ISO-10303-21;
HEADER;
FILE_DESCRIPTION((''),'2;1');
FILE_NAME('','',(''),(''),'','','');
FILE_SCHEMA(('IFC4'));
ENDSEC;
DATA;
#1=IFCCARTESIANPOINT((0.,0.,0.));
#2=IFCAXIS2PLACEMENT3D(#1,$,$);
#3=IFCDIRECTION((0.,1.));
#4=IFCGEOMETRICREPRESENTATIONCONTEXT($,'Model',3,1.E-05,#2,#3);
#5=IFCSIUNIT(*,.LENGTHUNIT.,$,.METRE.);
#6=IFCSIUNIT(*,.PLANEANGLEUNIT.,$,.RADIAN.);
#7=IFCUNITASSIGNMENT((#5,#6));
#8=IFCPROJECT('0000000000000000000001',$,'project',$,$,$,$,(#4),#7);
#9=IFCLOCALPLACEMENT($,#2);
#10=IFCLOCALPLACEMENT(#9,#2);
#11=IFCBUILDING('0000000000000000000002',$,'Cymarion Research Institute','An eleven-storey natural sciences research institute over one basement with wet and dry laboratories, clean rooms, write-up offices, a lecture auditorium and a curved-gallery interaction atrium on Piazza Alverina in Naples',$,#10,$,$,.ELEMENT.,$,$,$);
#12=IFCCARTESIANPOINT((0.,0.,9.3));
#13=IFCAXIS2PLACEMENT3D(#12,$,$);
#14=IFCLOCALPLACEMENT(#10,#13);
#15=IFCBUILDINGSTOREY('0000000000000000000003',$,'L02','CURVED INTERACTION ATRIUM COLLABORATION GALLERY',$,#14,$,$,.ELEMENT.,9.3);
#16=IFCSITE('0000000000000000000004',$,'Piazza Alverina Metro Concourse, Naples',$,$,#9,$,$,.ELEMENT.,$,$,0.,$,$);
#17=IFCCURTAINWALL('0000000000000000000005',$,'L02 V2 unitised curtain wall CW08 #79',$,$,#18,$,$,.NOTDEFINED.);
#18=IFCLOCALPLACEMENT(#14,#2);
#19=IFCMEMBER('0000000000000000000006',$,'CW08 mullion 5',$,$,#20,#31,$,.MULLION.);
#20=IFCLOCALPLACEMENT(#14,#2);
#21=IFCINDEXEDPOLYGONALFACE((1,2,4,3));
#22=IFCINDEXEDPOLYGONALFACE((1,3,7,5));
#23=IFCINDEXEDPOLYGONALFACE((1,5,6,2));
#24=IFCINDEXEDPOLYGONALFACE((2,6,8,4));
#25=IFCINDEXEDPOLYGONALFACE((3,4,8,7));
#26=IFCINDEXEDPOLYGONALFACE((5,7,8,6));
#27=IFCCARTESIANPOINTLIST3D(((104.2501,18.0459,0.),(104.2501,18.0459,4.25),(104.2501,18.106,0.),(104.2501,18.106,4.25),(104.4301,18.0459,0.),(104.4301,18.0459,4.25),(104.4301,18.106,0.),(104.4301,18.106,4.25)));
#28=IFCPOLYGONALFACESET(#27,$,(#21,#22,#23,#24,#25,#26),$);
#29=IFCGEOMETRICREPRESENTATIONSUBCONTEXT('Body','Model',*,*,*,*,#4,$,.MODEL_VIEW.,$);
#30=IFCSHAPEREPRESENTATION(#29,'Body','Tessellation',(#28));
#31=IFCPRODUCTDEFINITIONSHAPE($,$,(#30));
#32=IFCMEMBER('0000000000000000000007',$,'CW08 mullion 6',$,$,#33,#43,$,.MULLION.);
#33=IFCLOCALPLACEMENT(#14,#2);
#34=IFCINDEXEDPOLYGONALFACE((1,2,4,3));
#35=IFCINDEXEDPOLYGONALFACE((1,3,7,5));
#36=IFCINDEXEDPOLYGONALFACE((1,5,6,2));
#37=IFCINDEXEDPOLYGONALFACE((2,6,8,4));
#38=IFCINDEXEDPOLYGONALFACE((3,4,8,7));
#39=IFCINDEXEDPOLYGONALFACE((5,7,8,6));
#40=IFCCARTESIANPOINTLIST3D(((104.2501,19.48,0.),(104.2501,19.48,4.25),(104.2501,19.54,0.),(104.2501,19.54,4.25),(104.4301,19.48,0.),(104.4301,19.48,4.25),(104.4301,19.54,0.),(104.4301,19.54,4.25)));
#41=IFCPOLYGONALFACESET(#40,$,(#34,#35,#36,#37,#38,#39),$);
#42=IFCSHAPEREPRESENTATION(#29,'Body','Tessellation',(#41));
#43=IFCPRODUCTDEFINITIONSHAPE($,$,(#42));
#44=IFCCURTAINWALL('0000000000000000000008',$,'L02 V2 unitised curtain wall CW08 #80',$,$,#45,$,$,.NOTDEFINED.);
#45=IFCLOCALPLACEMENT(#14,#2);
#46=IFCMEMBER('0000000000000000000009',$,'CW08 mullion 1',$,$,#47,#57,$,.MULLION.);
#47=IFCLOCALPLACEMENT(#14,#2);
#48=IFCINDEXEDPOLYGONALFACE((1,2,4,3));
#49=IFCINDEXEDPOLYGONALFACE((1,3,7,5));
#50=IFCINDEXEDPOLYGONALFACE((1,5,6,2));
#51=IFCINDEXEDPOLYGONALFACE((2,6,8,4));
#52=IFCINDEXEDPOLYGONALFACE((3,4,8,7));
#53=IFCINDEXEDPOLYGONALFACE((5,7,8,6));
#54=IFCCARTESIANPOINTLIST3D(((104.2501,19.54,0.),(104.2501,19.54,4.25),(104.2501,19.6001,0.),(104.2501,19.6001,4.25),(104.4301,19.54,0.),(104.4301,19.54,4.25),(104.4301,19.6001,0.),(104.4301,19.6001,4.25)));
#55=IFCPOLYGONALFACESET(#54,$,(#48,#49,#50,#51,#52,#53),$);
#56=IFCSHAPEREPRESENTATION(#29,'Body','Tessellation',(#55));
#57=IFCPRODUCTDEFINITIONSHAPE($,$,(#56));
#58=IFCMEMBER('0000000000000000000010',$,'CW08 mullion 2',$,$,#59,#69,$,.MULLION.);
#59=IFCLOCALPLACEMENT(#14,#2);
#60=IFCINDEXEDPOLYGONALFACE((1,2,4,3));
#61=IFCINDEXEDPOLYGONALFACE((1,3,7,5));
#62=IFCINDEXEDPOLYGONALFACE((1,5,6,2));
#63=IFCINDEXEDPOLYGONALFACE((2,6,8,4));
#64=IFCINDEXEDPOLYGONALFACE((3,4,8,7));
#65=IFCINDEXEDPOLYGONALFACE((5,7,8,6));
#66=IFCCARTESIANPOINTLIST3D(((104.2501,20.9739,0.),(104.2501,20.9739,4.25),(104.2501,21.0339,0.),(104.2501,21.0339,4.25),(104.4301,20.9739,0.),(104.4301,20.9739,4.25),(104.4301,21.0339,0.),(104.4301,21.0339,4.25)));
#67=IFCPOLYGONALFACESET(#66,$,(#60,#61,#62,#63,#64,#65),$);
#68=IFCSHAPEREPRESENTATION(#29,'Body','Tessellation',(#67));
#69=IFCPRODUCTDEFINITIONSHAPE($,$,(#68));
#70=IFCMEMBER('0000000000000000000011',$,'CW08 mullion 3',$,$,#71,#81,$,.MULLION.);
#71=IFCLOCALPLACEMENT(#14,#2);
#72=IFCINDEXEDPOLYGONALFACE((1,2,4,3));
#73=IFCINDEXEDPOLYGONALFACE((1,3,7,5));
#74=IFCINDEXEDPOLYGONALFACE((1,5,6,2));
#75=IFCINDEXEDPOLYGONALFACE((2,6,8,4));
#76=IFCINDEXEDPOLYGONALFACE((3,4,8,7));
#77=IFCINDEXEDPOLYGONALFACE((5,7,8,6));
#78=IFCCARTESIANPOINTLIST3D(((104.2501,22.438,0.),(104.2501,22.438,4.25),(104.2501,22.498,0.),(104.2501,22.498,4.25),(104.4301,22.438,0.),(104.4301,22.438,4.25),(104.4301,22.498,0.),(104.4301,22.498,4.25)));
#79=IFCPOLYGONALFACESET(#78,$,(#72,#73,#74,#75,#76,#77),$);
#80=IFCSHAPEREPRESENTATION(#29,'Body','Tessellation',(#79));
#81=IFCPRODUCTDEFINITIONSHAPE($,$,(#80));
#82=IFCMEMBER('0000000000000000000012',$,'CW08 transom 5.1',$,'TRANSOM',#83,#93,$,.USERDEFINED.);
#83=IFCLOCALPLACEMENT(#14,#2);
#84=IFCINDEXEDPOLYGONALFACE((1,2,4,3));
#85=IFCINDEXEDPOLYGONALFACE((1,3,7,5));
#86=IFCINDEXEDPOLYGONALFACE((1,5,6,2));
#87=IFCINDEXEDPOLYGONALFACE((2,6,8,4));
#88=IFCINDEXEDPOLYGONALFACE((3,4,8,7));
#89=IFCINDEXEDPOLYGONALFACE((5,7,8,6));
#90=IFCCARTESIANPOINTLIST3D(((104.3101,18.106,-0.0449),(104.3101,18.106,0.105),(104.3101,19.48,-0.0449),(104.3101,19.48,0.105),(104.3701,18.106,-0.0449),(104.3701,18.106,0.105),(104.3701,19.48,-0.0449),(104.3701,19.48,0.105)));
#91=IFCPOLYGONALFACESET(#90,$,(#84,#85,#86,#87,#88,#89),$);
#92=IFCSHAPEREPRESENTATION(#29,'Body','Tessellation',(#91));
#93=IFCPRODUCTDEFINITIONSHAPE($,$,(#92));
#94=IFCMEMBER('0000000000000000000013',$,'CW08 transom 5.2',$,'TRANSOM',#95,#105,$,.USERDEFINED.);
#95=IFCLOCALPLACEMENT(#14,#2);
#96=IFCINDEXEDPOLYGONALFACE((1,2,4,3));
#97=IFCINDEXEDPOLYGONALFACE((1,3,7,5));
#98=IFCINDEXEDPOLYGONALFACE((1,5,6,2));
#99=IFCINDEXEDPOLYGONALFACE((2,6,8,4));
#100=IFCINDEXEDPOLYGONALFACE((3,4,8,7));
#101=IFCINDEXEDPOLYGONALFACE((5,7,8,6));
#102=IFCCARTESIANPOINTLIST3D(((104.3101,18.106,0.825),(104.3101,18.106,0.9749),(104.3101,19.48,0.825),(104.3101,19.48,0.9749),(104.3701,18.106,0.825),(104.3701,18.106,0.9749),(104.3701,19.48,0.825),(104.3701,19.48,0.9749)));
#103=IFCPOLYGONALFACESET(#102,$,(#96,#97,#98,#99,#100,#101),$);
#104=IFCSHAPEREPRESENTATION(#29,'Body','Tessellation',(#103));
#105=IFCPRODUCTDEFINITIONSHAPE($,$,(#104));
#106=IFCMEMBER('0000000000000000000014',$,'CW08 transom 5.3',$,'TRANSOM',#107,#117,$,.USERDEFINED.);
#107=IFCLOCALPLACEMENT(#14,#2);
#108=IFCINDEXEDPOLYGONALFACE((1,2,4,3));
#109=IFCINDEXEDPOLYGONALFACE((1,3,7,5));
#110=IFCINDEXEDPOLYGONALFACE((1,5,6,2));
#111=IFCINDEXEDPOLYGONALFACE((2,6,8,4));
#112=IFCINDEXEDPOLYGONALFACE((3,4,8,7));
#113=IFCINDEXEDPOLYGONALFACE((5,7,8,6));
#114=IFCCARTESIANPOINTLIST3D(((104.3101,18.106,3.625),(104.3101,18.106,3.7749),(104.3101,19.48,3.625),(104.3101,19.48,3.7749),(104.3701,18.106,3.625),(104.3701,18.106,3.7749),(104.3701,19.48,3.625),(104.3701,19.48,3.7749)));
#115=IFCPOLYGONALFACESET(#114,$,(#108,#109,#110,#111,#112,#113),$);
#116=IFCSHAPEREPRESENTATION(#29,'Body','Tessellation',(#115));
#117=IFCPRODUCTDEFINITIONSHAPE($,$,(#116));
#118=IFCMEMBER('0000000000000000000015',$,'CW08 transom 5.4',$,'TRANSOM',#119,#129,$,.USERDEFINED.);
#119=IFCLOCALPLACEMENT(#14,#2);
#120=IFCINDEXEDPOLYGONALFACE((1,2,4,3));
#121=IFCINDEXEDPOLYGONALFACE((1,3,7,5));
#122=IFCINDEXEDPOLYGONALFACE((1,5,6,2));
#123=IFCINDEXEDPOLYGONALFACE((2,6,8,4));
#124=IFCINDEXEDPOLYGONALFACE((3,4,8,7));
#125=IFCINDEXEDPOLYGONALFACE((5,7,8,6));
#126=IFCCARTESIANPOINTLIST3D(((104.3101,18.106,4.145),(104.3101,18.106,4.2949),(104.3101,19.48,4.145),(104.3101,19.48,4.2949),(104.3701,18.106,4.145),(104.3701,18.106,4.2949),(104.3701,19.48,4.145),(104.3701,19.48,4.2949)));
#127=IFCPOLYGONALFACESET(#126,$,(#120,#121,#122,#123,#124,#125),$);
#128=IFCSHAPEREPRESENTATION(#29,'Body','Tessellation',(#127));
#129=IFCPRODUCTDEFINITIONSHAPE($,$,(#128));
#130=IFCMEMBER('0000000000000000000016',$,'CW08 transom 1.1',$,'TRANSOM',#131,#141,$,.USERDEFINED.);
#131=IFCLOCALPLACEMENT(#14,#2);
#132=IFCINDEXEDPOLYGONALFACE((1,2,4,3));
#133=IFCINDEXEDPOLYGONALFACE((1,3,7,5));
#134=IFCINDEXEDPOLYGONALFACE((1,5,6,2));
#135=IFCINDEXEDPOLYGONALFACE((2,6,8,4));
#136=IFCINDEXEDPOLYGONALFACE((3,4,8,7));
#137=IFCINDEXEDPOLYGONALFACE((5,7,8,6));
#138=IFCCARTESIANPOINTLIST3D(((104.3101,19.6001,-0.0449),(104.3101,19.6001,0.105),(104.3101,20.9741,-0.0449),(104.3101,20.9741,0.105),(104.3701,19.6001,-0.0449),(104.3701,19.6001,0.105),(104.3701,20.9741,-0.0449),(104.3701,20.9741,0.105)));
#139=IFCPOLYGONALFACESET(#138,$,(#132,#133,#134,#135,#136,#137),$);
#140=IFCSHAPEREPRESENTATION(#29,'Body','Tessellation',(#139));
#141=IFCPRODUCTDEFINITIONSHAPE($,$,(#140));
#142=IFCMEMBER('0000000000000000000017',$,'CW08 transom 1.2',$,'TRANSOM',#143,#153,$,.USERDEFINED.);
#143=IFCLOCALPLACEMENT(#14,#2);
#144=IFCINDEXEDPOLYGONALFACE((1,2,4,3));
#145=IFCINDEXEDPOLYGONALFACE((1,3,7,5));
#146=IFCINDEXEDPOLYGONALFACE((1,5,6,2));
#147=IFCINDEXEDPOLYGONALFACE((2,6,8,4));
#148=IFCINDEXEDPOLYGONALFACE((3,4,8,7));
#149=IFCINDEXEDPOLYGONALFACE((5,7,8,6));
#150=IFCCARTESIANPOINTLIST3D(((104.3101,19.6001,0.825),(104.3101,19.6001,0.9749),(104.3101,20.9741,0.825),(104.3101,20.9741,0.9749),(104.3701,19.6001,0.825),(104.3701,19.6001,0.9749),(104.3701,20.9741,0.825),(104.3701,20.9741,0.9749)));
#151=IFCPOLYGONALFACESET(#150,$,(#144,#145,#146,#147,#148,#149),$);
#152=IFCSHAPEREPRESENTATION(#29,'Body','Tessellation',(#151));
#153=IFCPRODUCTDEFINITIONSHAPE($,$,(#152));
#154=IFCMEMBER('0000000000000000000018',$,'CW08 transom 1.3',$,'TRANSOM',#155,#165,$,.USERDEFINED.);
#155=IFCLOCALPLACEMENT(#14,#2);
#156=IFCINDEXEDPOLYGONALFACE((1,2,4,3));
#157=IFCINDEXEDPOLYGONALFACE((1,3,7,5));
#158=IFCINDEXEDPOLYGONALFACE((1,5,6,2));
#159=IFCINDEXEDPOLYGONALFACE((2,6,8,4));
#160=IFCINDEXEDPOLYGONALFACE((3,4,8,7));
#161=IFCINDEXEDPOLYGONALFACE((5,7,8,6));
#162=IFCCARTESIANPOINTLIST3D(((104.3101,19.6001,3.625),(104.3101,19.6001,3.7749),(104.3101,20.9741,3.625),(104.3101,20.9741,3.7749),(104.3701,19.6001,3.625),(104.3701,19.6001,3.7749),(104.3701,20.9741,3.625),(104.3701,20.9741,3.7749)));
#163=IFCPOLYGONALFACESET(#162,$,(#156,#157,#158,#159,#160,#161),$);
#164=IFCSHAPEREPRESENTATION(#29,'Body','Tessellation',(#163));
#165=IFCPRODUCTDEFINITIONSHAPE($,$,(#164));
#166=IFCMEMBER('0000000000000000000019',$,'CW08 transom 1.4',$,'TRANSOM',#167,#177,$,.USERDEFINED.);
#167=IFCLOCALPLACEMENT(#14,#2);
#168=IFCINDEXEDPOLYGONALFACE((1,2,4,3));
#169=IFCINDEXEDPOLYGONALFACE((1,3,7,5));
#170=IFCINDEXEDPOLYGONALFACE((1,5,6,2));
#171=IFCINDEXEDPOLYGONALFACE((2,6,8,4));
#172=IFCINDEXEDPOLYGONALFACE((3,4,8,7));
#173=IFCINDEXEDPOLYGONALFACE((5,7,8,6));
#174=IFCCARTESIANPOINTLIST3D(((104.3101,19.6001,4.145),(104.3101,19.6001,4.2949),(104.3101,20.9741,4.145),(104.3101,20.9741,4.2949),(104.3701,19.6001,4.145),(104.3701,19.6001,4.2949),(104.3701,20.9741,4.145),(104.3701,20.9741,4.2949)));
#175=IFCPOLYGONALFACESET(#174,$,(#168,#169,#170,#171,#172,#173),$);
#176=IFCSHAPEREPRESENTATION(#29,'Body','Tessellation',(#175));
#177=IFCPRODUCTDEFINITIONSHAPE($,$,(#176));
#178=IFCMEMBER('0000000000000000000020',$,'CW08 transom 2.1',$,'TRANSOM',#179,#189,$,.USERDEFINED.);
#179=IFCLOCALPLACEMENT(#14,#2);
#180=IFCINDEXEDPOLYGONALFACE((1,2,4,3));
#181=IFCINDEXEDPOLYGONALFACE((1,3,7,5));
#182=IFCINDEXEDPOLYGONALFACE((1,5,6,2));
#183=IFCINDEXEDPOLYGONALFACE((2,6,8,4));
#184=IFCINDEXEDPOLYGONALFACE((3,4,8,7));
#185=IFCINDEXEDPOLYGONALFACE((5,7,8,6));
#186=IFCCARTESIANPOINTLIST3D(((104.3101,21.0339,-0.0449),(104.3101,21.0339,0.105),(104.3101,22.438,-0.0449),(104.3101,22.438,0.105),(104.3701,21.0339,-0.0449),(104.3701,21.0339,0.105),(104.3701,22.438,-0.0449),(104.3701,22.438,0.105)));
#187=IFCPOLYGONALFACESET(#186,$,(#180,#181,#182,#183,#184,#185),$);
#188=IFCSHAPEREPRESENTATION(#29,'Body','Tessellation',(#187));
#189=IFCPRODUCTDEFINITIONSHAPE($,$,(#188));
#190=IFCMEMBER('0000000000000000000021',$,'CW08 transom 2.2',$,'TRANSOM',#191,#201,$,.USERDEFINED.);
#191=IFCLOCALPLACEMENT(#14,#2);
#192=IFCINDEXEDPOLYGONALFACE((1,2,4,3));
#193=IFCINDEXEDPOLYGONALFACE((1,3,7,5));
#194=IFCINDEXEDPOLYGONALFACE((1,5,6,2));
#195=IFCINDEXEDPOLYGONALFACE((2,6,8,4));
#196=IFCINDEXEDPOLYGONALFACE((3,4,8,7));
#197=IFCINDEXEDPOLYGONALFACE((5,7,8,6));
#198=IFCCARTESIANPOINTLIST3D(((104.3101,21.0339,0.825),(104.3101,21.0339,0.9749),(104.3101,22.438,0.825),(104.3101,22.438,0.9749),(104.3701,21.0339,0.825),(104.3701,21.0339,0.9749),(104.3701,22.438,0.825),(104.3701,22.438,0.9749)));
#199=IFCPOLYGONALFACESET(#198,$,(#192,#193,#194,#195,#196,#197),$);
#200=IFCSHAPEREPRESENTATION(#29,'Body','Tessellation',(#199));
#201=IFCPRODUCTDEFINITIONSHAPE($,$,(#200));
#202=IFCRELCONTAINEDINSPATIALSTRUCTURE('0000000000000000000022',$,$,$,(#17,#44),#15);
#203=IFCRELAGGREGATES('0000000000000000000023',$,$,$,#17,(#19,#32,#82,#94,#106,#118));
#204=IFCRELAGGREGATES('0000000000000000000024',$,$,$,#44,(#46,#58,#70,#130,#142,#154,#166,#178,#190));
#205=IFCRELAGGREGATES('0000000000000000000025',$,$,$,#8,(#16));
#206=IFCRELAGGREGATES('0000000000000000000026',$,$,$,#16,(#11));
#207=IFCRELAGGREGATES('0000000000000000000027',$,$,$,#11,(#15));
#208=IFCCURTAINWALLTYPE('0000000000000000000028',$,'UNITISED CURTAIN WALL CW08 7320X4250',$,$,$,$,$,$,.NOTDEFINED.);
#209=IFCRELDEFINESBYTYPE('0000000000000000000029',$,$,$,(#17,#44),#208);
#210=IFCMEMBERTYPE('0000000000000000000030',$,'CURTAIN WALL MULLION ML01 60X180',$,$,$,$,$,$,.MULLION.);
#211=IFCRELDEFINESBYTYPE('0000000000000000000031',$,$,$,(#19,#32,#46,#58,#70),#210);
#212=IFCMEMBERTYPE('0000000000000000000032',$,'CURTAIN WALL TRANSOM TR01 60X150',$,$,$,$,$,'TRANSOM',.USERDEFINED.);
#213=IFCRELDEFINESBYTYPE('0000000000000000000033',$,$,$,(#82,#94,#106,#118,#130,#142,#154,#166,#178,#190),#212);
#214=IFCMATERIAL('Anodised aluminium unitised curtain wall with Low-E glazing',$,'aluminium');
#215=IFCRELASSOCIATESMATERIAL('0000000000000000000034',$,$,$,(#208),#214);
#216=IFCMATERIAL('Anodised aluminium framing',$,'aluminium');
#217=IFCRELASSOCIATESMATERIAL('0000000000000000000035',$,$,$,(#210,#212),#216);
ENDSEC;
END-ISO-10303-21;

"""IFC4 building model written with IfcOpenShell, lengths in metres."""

from ifc_helpers import new_model, si_unit, direction, frame, origin, origin_2d, place, context, subcontext, project, spatial, rectangle, extrude, material, material_profile, profile_set, type_object, element, aggregate, save


model = new_model("IFC4")

# Units and contexts
model_context = context("Model", 3, precision=1e-05, world=origin(), true_north=direction((0.0, 1.0)))
body_context = subcontext(model_context, "Body", "Model", "MODEL_VIEW")
ifc_project = project(units=[si_unit("LENGTHUNIT", "METRE"), si_unit("PLANEANGLEUNIT", "RADIAN")], contexts=[model_context])

# Site, building, storey
site_placement = place(None, origin())
site = spatial("IfcSite", under=ifc_project, at=site_placement, Name="Piazza Alverina Metro Concourse, Naples", CompositionType="ELEMENT", RefElevation=0.0)
building_placement = place(site_placement, origin())
building = spatial("IfcBuilding", under=site, at=building_placement, Name="Cymarion Research Institute", Description="An eleven-storey natural sciences research institute over one basement with wet and dry laboratories, clean rooms, write-up offices, a lecture auditorium and a curved-gallery interaction atrium on Piazza Alverina in Naples", CompositionType="ELEMENT")
storey_placement = place(building_placement, frame((0.0, 0.0, 9.3)))
storey = spatial("IfcBuildingStorey", under=building, at=storey_placement, Name="L02", Description="CURVED INTERACTION ATRIUM COLLABORATION GALLERY", CompositionType="ELEMENT", Elevation=9.3)

# Curtain walls, members
ifc_material_1 = material(Name="Anodised aluminium unitised curtain wall with Low-E glazing", Category="aluminium")
curtain_wall_type = type_object("IfcCurtainWallType", Name="UNITISED CURTAIN WALL CW08 7320X4250", PredefinedType="NOTDEFINED", material=ifc_material_1)
curtain_wall_1_placement = place(storey_placement, origin())
curtain_wall_1 = element("IfcCurtainWall", 1, at=curtain_wall_1_placement, inside=storey, type_object=curtain_wall_type, Name="L02 V2 unitised curtain wall CW08 #79", PredefinedType="NOTDEFINED")
ifc_material_2 = material(Name="Anodised aluminium framing", Category="aluminium")
ifc_material_profile_1 = material_profile(ifc_material_2, rectangle(XDim=0.0601, YDim=0.1799, at=origin_2d()), Name="ALU MULLION 60x180")
ifc_profile_set_1 = profile_set([ifc_material_profile_1], Name="Anodised aluminium framing")
member_type_1 = type_object("IfcMemberType", Name="CURTAIN WALL MULLION ML01 60X180", PredefinedType="MULLION", material=ifc_profile_set_1)
member_1_placement = place(storey_placement, frame((104.3401, 18.0759, 0.0), z_axis=(0.0, 0.0, 1.0), x_axis=(0.0, 1.0, 0.0)))
member_1 = element("IfcMember", 2, at=member_1_placement, type_object=member_type_1, Name="CW08 mullion 5", PredefinedType="MULLION", context=body_context, shape_type="SweptSolid", body=[
    extrude(rectangle(XDim=0.0601, YDim=0.1799, at=origin_2d()), origin(), (0.0, 0.0, 1.0), 4.25),
])
member_2_placement = place(storey_placement, frame((104.3401, 19.51, 0.0), z_axis=(0.0, 0.0, 1.0), x_axis=(0.0, 1.0, 0.0)))
member_2 = element("IfcMember", 3, at=member_2_placement, type_object=member_type_1, Name="CW08 mullion 6", PredefinedType="MULLION", context=body_context, shape_type="SweptSolid", body=[
    extrude(rectangle(XDim=0.0601, YDim=0.1799, at=origin_2d()), origin(), (0.0, 0.0, 1.0), 4.25),
])
curtain_wall_2_placement = place(storey_placement, origin())
curtain_wall_2 = element("IfcCurtainWall", 4, at=curtain_wall_2_placement, inside=storey, type_object=curtain_wall_type, Name="L02 V2 unitised curtain wall CW08 #80", PredefinedType="NOTDEFINED")
member_3_placement = place(storey_placement, frame((104.3401, 19.5701, 0.0), z_axis=(0.0, 0.0, 1.0), x_axis=(0.0, 1.0, 0.0)))
member_3 = element("IfcMember", 5, at=member_3_placement, type_object=member_type_1, Name="CW08 mullion 1", PredefinedType="MULLION", context=body_context, shape_type="SweptSolid", body=[
    extrude(rectangle(XDim=0.0601, YDim=0.1799, at=origin_2d()), origin(), (0.0, 0.0, 1.0), 4.25),
])
member_4_placement = place(storey_placement, frame((104.3401, 21.0039, 0.0), z_axis=(0.0, 0.0, 1.0), x_axis=(0.0, 1.0, 0.0)))
member_4 = element("IfcMember", 6, at=member_4_placement, type_object=member_type_1, Name="CW08 mullion 2", PredefinedType="MULLION", context=body_context, shape_type="SweptSolid", body=[
    extrude(rectangle(XDim=0.0601, YDim=0.1799, at=origin_2d()), origin(), (0.0, 0.0, 1.0), 4.25),
])
member_5_placement = place(storey_placement, frame((104.3401, 22.468, 0.0), z_axis=(0.0, 0.0, 1.0), x_axis=(0.0, 1.0, 0.0)))
member_5 = element("IfcMember", 7, at=member_5_placement, type_object=member_type_1, Name="CW08 mullion 3", PredefinedType="MULLION", context=body_context, shape_type="SweptSolid", body=[
    extrude(rectangle(XDim=0.0601, YDim=0.1799, at=origin_2d()), origin(), (0.0, 0.0, 1.0), 4.25),
])

# Members
ifc_material_profile_2 = material_profile(ifc_material_2, rectangle(XDim=0.0601, YDim=0.1499, at=origin_2d()), Name="ALU TRANSOM 60x150")
ifc_profile_set_2 = profile_set([ifc_material_profile_2], Name="Anodised aluminium framing")
member_type_2 = type_object("IfcMemberType", Name="CURTAIN WALL TRANSOM TR01 60X150", ElementType="TRANSOM", PredefinedType="USERDEFINED", material=ifc_profile_set_2)
member_6_placement = place(storey_placement, frame((104.3401, 18.106, 0.03), z_axis=(0.0, 1.0, 0.0), x_axis=(-1.0, 0.0, 0.0)))
member_6 = element("IfcMember", 8, at=member_6_placement, type_object=member_type_2, Name="CW08 transom 5.1", ObjectType="TRANSOM", PredefinedType="USERDEFINED", context=body_context, shape_type="SweptSolid", body=[
    extrude(rectangle(XDim=0.0601, YDim=0.1499, at=origin_2d()), origin(), (0.0, 0.0, 1.0), 1.374),
])
member_7_placement = place(storey_placement, frame((104.3401, 18.106, 0.8999), z_axis=(0.0, 1.0, 0.0), x_axis=(-1.0, 0.0, 0.0)))
member_7 = element("IfcMember", 9, at=member_7_placement, type_object=member_type_2, Name="CW08 transom 5.2", ObjectType="TRANSOM", PredefinedType="USERDEFINED", context=body_context, shape_type="SweptSolid", body=[
    extrude(rectangle(XDim=0.0601, YDim=0.1499, at=origin_2d()), origin(), (0.0, 0.0, 1.0), 1.374),
])
member_8_placement = place(storey_placement, frame((104.3401, 18.106, 3.7), z_axis=(0.0, 1.0, 0.0), x_axis=(-1.0, 0.0, 0.0)))
member_8 = element("IfcMember", 10, at=member_8_placement, type_object=member_type_2, Name="CW08 transom 5.3", ObjectType="TRANSOM", PredefinedType="USERDEFINED", context=body_context, shape_type="SweptSolid", body=[
    extrude(rectangle(XDim=0.0601, YDim=0.1499, at=origin_2d()), origin(), (0.0, 0.0, 1.0), 1.374),
])
member_9_placement = place(storey_placement, frame((104.3401, 18.106, 4.22), z_axis=(0.0, 1.0, 0.0), x_axis=(-1.0, 0.0, 0.0)))
member_9 = element("IfcMember", 11, at=member_9_placement, type_object=member_type_2, Name="CW08 transom 5.4", ObjectType="TRANSOM", PredefinedType="USERDEFINED", context=body_context, shape_type="SweptSolid", body=[
    extrude(rectangle(XDim=0.0601, YDim=0.1499, at=origin_2d()), origin(), (0.0, 0.0, 1.0), 1.374),
])
member_10_placement = place(storey_placement, frame((104.3401, 19.6001, 0.03), z_axis=(0.0, 1.0, 0.0), x_axis=(-1.0, 0.0, 0.0)))
member_10 = element("IfcMember", 12, at=member_10_placement, type_object=member_type_2, Name="CW08 transom 1.1", ObjectType="TRANSOM", PredefinedType="USERDEFINED", context=body_context, shape_type="SweptSolid", body=[
    extrude(rectangle(XDim=0.0601, YDim=0.1499, at=origin_2d()), origin(), (0.0, 0.0, 1.0), 1.374),
])
member_11_placement = place(storey_placement, frame((104.3401, 19.6001, 0.8999), z_axis=(0.0, 1.0, 0.0), x_axis=(-1.0, 0.0, 0.0)))
member_11 = element("IfcMember", 13, at=member_11_placement, type_object=member_type_2, Name="CW08 transom 1.2", ObjectType="TRANSOM", PredefinedType="USERDEFINED", context=body_context, shape_type="SweptSolid", body=[
    extrude(rectangle(XDim=0.0601, YDim=0.1499, at=origin_2d()), origin(), (0.0, 0.0, 1.0), 1.374),
])
member_12_placement = place(storey_placement, frame((104.3401, 19.6001, 3.7), z_axis=(0.0, 1.0, 0.0), x_axis=(-1.0, 0.0, 0.0)))
member_12 = element("IfcMember", 14, at=member_12_placement, type_object=member_type_2, Name="CW08 transom 1.3", ObjectType="TRANSOM", PredefinedType="USERDEFINED", context=body_context, shape_type="SweptSolid", body=[
    extrude(rectangle(XDim=0.0601, YDim=0.1499, at=origin_2d()), origin(), (0.0, 0.0, 1.0), 1.374),
])
member_13_placement = place(storey_placement, frame((104.3401, 19.6001, 4.22), z_axis=(0.0, 1.0, 0.0), x_axis=(-1.0, 0.0, 0.0)))
member_13 = element("IfcMember", 15, at=member_13_placement, type_object=member_type_2, Name="CW08 transom 1.4", ObjectType="TRANSOM", PredefinedType="USERDEFINED", context=body_context, shape_type="SweptSolid", body=[
    extrude(rectangle(XDim=0.0601, YDim=0.1499, at=origin_2d()), origin(), (0.0, 0.0, 1.0), 1.374),
])
member_14_placement = place(storey_placement, frame((104.3401, 21.0339, 0.03), z_axis=(0.0, 1.0, 0.0), x_axis=(-1.0, 0.0, 0.0)))
member_14 = element("IfcMember", 16, at=member_14_placement, type_object=member_type_2, Name="CW08 transom 2.1", ObjectType="TRANSOM", PredefinedType="USERDEFINED", context=body_context, shape_type="SweptSolid", body=[
    extrude(rectangle(XDim=0.0601, YDim=0.1499, at=origin_2d()), origin(), (0.0, 0.0, 1.0), 1.4041),
])
member_15_placement = place(storey_placement, frame((104.3401, 21.0339, 0.8999), z_axis=(0.0, 1.0, 0.0), x_axis=(-1.0, 0.0, 0.0)))
member_15 = element("IfcMember", 17, at=member_15_placement, type_object=member_type_2, Name="CW08 transom 2.2", ObjectType="TRANSOM", PredefinedType="USERDEFINED", context=body_context, shape_type="SweptSolid", body=[
    extrude(rectangle(XDim=0.0601, YDim=0.1499, at=origin_2d()), origin(), (0.0, 0.0, 1.0), 1.4041),
])

aggregate(curtain_wall_1, [member_1, member_2, member_6, member_7, member_8, member_9])
aggregate(curtain_wall_2, [member_3, member_4, member_5, member_10, member_11, member_12, member_13, member_14, member_15])

save(model, "model.ifc")
